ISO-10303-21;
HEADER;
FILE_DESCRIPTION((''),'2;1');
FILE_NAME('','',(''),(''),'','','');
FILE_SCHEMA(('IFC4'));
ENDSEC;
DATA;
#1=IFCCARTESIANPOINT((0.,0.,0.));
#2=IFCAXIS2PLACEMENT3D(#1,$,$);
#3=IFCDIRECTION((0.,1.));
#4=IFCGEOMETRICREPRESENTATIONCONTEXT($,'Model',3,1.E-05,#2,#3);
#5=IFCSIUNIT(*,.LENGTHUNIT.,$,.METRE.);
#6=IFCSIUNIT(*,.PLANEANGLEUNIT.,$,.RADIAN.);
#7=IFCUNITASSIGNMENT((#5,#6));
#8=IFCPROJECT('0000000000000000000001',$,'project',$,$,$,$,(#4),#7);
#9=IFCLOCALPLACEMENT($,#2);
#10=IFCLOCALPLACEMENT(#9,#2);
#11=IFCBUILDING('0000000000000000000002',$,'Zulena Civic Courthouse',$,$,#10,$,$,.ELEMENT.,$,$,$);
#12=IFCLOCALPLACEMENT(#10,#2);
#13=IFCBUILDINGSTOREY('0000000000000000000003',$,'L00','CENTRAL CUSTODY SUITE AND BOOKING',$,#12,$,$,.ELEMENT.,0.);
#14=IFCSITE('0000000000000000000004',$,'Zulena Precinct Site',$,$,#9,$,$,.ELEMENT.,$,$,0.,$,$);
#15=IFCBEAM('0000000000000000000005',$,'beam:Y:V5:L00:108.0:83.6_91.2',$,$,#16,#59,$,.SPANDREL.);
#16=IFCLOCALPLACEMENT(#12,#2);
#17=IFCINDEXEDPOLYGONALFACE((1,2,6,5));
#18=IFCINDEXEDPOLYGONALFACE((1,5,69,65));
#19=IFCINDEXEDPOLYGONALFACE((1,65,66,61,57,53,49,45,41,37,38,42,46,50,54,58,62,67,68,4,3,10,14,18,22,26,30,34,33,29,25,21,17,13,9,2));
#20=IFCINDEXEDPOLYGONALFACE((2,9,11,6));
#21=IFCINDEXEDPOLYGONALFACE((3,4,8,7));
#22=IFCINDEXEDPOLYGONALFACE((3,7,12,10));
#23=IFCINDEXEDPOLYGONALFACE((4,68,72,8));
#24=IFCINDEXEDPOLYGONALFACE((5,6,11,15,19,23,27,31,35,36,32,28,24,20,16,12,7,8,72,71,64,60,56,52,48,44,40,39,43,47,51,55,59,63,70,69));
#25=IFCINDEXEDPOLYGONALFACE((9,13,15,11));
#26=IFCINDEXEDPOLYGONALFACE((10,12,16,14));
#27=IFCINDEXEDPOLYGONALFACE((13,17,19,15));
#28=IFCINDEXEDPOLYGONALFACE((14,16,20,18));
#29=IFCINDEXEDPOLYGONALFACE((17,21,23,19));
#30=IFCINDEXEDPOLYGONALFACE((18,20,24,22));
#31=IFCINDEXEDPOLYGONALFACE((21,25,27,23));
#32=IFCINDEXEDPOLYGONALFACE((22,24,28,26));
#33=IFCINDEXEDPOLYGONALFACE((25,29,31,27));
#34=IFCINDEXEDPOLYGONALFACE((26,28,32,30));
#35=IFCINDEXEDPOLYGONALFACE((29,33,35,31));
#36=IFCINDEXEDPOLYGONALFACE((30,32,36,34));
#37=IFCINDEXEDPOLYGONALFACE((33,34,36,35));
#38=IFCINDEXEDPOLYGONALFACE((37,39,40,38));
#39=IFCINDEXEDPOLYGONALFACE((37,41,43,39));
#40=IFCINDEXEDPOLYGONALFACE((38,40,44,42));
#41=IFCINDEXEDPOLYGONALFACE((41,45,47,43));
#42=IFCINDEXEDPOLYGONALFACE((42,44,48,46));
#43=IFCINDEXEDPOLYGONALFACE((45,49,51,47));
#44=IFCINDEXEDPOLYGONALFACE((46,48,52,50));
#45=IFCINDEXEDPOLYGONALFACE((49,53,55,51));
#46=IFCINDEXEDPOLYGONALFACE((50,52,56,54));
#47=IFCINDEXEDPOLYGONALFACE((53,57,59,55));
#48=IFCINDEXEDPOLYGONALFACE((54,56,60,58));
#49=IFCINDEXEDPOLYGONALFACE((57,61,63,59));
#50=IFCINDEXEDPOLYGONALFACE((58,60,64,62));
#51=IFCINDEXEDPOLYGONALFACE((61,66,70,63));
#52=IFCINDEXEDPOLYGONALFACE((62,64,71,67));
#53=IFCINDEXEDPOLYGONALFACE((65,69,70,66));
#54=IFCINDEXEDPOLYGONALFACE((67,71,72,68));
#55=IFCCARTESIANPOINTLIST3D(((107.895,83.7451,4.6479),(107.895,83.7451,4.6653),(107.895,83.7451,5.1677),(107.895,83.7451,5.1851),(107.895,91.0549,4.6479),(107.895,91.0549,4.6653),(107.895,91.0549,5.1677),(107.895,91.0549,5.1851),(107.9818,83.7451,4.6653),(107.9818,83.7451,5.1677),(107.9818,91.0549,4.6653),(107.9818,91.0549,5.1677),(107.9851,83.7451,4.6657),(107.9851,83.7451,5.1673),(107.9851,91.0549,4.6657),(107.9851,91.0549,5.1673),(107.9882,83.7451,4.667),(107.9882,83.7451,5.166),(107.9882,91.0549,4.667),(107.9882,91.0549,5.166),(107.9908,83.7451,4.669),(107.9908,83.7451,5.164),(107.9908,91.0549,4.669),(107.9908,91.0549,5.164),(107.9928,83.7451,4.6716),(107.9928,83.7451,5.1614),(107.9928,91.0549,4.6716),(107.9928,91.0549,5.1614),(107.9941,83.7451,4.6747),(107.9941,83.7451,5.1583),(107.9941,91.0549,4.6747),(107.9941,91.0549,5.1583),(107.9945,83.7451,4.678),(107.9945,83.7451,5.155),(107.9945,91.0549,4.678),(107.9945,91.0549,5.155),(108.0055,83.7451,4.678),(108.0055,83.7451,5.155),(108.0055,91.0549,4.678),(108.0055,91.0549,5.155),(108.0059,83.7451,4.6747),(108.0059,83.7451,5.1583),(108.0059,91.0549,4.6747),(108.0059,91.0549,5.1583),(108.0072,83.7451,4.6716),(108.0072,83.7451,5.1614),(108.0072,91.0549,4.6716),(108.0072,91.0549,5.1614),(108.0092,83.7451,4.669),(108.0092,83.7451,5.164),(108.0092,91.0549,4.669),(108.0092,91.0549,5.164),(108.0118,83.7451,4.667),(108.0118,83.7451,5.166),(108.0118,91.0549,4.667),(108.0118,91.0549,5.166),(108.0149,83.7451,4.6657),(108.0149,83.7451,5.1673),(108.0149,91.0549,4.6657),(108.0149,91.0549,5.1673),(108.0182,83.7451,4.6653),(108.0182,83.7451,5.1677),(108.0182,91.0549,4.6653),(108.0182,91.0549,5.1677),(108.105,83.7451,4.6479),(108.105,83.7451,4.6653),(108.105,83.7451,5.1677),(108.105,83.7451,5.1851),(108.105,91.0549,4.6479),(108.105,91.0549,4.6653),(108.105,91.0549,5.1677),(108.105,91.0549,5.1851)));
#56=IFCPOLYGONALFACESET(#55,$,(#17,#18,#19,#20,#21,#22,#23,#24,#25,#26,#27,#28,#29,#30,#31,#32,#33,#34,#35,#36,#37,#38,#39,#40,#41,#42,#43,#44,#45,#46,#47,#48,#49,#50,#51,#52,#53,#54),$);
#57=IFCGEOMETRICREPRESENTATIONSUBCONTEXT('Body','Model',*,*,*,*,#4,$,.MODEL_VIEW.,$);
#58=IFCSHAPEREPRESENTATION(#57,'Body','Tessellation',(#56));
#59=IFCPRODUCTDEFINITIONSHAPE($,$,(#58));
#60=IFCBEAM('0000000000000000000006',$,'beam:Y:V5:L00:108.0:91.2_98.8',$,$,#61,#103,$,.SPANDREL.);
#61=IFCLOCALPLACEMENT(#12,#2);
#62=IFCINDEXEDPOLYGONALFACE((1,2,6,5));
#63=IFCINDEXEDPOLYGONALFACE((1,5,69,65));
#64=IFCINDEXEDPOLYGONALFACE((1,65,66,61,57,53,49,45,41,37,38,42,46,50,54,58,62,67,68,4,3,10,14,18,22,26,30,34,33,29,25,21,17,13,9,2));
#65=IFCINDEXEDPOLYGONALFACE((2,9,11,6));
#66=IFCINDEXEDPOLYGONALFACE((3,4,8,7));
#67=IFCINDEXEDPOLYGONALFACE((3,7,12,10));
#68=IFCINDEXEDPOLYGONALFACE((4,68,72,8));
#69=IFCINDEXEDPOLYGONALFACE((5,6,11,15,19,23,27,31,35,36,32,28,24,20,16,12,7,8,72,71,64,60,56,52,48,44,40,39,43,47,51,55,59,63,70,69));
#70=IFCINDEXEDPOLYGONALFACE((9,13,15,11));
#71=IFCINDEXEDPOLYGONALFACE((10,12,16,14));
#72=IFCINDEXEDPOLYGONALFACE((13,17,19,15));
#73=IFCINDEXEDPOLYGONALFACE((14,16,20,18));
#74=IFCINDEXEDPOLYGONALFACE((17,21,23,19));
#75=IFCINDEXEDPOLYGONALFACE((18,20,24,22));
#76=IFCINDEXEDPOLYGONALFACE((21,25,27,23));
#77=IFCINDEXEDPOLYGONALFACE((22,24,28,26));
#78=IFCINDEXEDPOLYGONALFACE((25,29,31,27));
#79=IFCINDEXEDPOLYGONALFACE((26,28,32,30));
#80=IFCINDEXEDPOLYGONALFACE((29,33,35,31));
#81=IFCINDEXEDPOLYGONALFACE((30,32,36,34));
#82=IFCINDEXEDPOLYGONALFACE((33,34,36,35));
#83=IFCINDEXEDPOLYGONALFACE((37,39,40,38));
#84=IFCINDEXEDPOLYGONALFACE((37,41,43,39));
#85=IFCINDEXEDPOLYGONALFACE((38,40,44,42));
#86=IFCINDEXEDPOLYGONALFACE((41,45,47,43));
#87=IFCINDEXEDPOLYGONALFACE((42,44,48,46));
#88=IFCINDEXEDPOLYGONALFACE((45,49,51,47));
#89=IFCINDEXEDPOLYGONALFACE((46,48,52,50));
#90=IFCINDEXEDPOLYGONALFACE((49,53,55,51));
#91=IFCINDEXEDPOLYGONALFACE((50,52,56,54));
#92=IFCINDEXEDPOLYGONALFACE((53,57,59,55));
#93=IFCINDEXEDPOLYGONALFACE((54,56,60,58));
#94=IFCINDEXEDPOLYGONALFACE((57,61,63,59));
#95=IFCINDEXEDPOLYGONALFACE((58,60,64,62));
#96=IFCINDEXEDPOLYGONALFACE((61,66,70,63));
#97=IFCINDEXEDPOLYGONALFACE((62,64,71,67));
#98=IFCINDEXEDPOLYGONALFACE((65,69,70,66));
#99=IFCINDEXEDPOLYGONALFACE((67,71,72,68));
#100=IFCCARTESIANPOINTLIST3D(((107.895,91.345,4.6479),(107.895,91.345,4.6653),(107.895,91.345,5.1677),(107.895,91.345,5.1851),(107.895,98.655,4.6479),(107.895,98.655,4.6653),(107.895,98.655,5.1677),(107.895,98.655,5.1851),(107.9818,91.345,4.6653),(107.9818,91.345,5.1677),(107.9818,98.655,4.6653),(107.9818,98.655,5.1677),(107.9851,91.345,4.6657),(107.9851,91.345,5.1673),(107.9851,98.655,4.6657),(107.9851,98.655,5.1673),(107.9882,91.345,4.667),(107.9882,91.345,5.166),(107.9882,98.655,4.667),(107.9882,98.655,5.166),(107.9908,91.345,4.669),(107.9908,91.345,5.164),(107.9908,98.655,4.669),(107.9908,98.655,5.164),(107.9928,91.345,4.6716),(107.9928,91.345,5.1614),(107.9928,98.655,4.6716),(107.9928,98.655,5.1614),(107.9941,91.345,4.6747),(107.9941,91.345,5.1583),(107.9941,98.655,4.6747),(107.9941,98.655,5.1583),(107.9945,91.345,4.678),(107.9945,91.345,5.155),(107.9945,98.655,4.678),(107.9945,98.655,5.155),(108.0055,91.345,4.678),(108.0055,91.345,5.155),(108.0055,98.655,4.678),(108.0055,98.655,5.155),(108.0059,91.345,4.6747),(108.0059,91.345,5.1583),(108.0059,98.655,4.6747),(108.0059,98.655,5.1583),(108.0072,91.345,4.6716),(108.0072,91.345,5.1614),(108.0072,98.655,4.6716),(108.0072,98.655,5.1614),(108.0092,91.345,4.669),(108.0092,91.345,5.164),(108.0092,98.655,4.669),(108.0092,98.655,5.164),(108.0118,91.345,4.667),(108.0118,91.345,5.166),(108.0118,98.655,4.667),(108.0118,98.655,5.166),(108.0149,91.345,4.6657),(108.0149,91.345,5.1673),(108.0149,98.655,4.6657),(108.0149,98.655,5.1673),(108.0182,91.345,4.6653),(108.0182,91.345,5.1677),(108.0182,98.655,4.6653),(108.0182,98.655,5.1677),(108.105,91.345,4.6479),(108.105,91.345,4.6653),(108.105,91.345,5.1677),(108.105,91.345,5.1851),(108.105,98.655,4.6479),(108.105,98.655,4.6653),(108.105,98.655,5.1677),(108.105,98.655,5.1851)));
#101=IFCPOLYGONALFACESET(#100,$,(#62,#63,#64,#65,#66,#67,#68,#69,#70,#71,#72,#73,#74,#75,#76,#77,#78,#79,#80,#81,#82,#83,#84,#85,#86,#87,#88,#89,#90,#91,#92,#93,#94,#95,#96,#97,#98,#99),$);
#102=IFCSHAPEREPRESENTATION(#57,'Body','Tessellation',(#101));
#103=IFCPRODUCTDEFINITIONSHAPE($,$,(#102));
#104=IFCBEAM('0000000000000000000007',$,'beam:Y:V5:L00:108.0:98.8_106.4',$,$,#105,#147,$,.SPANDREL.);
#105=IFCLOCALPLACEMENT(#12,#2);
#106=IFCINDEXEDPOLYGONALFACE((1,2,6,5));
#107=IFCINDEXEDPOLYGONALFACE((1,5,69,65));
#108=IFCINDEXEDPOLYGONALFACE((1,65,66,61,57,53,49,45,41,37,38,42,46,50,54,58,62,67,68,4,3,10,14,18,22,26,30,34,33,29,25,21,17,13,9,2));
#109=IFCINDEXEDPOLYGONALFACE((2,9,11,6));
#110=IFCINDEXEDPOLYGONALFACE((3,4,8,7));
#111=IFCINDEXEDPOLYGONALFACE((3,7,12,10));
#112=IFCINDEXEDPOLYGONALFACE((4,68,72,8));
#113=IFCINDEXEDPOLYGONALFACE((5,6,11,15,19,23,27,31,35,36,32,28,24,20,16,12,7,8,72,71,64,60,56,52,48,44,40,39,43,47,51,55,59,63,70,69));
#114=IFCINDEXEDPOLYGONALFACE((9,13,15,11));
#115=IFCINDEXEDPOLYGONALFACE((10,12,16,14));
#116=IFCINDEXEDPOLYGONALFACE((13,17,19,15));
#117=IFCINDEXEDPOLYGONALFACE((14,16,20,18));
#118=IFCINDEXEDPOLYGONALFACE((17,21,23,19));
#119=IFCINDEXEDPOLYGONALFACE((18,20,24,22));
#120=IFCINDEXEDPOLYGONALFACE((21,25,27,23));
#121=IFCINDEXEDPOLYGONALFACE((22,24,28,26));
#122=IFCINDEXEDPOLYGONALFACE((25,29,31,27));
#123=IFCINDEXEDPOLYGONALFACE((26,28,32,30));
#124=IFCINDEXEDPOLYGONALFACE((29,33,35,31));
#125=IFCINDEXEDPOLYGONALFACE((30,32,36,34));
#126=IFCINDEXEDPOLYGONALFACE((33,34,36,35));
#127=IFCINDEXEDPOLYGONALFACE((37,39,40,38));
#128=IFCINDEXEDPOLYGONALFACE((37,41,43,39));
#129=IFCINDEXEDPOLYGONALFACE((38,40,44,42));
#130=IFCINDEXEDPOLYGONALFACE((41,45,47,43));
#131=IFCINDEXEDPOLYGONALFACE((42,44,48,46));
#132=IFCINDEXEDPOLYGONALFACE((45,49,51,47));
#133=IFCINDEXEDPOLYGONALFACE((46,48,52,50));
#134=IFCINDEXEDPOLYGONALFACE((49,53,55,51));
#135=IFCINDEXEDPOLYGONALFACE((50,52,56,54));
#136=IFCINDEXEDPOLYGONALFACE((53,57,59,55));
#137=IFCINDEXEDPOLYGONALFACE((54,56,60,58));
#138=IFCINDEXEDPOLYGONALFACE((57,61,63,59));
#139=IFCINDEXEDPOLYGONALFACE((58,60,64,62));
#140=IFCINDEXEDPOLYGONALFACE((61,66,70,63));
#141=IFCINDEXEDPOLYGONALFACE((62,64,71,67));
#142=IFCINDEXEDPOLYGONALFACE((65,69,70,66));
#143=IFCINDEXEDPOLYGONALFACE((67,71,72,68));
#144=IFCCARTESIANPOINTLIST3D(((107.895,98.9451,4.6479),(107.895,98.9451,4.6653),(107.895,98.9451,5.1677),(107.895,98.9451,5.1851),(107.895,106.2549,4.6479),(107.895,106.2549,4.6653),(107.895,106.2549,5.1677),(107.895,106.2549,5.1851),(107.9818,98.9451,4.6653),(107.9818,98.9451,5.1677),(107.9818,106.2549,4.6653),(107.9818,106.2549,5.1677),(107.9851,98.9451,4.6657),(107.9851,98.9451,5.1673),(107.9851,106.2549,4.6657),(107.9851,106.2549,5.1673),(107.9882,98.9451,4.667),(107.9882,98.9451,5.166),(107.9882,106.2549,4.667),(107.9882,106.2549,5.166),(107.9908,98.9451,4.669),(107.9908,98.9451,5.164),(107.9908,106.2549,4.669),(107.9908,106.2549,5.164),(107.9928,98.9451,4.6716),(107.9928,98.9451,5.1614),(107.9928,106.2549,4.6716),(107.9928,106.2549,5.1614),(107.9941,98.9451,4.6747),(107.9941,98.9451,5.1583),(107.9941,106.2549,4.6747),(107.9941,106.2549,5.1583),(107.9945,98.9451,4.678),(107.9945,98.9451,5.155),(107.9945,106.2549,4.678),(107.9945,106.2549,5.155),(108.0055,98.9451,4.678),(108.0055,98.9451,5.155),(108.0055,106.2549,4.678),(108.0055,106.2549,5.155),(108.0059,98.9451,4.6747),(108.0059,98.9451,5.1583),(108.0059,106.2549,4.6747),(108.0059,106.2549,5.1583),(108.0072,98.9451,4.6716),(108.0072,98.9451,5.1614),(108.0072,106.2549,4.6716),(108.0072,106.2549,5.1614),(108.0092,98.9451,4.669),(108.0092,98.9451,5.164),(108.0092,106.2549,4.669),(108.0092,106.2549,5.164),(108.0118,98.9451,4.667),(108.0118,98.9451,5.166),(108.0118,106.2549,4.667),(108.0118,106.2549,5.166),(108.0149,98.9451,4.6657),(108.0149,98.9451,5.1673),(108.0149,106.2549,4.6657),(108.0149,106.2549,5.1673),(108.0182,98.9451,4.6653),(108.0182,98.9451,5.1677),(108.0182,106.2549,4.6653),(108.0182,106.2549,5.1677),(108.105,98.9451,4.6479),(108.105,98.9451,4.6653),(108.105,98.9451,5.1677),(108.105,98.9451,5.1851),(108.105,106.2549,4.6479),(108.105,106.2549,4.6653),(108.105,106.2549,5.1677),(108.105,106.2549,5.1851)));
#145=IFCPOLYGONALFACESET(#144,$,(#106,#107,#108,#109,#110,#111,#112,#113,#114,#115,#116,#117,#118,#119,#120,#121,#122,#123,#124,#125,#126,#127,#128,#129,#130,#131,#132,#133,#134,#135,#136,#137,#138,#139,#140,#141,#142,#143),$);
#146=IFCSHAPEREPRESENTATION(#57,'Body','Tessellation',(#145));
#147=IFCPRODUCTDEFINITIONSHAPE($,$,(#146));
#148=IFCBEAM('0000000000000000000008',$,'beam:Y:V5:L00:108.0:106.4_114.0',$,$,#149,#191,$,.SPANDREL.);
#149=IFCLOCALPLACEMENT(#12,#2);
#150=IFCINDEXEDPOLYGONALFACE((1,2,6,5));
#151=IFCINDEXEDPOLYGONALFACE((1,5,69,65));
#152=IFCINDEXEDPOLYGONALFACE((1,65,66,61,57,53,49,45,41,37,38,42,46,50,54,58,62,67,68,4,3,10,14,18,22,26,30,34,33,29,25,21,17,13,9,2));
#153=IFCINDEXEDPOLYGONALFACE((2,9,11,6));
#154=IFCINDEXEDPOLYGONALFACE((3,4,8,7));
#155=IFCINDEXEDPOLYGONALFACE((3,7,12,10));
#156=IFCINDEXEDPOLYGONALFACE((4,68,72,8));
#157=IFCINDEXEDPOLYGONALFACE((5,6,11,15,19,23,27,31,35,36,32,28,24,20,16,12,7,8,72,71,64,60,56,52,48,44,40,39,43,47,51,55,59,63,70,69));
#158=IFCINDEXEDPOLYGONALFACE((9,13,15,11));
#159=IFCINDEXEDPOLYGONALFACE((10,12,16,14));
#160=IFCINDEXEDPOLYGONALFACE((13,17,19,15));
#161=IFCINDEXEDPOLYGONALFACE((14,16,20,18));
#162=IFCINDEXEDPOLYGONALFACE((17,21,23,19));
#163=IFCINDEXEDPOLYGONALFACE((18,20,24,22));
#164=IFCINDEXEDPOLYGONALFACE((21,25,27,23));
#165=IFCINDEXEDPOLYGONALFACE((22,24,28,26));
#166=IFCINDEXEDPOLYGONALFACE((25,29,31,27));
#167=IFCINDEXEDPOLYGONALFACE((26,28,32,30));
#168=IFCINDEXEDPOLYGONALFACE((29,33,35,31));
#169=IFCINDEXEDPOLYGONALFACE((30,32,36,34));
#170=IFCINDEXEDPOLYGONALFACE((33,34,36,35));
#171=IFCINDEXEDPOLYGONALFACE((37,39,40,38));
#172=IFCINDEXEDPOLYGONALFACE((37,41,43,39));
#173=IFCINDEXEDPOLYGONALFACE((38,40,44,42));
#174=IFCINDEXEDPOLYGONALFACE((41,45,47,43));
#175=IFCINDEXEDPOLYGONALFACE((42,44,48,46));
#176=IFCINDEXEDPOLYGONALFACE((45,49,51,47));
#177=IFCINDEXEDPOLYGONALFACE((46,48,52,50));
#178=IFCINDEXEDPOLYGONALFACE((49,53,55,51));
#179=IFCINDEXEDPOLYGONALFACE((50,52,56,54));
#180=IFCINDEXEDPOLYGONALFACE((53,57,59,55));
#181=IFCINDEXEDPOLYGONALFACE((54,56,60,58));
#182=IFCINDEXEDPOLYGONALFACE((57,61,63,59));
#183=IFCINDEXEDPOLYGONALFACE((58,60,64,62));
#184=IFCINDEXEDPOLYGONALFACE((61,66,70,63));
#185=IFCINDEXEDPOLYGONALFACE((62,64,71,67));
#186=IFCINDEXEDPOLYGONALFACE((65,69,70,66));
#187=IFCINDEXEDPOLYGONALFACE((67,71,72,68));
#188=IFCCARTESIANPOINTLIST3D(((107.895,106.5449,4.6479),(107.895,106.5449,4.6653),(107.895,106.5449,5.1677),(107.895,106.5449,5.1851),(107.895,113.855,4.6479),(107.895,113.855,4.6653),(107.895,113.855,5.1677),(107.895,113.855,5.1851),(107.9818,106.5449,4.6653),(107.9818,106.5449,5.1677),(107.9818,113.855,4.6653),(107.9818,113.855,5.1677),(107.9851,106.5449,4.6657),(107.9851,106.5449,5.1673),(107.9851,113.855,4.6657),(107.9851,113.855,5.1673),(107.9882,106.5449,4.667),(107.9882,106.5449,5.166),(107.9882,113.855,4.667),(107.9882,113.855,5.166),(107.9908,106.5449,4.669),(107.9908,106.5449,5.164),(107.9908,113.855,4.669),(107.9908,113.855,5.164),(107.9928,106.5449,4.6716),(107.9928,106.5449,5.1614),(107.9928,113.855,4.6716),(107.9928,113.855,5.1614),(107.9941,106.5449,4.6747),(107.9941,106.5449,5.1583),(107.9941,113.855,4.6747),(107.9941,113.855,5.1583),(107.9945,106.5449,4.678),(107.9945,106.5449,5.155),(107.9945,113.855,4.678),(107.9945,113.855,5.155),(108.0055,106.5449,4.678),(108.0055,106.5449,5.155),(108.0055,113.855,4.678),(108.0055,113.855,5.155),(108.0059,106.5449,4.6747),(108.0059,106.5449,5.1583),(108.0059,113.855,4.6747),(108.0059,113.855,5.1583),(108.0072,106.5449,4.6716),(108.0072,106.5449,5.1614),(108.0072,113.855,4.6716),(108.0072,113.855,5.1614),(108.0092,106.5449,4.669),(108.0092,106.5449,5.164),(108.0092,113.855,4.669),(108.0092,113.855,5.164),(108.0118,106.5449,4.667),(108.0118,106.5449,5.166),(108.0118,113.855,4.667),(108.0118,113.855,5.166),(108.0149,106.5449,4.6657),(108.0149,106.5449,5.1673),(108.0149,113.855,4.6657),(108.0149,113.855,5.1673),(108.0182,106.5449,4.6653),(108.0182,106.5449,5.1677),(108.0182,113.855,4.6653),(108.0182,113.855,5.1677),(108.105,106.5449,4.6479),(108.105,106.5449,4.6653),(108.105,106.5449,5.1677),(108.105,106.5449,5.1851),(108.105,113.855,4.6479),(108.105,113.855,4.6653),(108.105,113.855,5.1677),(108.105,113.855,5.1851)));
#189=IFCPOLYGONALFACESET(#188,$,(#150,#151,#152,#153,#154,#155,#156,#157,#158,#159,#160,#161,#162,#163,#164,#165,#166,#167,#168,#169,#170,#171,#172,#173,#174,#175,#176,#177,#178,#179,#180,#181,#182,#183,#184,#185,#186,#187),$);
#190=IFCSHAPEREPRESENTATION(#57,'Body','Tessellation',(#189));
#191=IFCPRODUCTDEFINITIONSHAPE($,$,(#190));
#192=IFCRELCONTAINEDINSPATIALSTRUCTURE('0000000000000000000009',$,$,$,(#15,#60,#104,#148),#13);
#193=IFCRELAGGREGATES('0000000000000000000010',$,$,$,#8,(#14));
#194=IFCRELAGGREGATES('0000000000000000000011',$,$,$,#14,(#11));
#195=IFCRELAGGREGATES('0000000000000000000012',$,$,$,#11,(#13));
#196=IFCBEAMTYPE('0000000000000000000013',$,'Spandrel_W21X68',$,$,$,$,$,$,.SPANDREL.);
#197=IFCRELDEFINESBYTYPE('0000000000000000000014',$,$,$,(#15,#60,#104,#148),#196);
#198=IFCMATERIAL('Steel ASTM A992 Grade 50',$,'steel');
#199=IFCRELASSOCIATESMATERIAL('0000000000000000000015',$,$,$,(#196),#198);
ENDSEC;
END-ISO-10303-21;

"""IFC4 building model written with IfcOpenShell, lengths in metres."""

from ifc_helpers import new_model, si_unit, direction, frame, origin, origin_2d, place, context, subcontext, project, spatial, i_section, extrude, material, material_profile, profile_set, type_object, element, save


model = new_model("IFC4")

# Units and contexts
model_context = context("Model", 3, precision=1e-05, world=origin(), true_north=direction((0.0, 1.0)))
body_context = subcontext(model_context, "Body", "Model", "MODEL_VIEW")
ifc_project = project(units=[si_unit("LENGTHUNIT", "METRE"), si_unit("PLANEANGLEUNIT", "RADIAN")], contexts=[model_context])

# Site, building, storey
site_placement = place(None, origin())
site = spatial("IfcSite", under=ifc_project, at=site_placement, Name="Zulena Precinct Site", CompositionType="ELEMENT", RefElevation=0.0)
building_placement = place(site_placement, origin())
building = spatial("IfcBuilding", under=site, at=building_placement, Name="Zulena Civic Courthouse", CompositionType="ELEMENT")
storey_placement = place(building_placement, origin())
storey = spatial("IfcBuildingStorey", under=building, at=storey_placement, Name="L00", Description="CENTRAL CUSTODY SUITE AND BOOKING", CompositionType="ELEMENT", Elevation=0.0)

# Shared definitions
ifc_material_1 = material(Name="Steel ASTM A992 Grade 50", Category="steel")

# Beams
ifc_material_profile_1 = material_profile(ifc_material_1, i_section(OverallWidth=0.21, OverallDepth=0.5371, WebThickness=0.011, FlangeThickness=0.0173, FilletRadius=0.0127, at=origin_2d()), Name="W21X68")
ifc_profile_set_1 = profile_set([ifc_material_profile_1], Name="Steel ASTM A992 Grade 50")
beam_type_1 = type_object("IfcBeamType", Name="Spandrel_W21X68", PredefinedType="SPANDREL", material=ifc_profile_set_1)
beam_1_placement = place(storey_placement, frame((108.0, 83.7451, 4.9165), z_axis=(0.0, 1.0, 0.0), x_axis=(-1.0, 0.0, 0.0)))
element("IfcBeam", 1, at=beam_1_placement, inside=storey, type_object=beam_type_1, Name="beam:Y:V5:L00:108.0:83.6_91.2", PredefinedType="SPANDREL", context=body_context, shape_type="SweptSolid", body=[
    extrude(i_section(OverallWidth=0.21, OverallDepth=0.5371, WebThickness=0.011, FlangeThickness=0.0173, FilletRadius=0.0127, at=origin_2d()), origin(), (0.0, 0.0, 1.0), 7.3098),
])
beam_2_placement = place(storey_placement, frame((108.0, 91.345, 4.9165), z_axis=(0.0, 1.0, 0.0), x_axis=(-1.0, 0.0, 0.0)))
element("IfcBeam", 2, at=beam_2_placement, inside=storey, type_object=beam_type_1, Name="beam:Y:V5:L00:108.0:91.2_98.8", PredefinedType="SPANDREL", context=body_context, shape_type="SweptSolid", body=[
    extrude(i_section(OverallWidth=0.21, OverallDepth=0.5371, WebThickness=0.011, FlangeThickness=0.0173, FilletRadius=0.0127, at=origin_2d()), origin(), (0.0, 0.0, 1.0), 7.3101),
])
beam_3_placement = place(storey_placement, frame((108.0, 98.9451, 4.9165), z_axis=(0.0, 1.0, 0.0), x_axis=(-1.0, 0.0, 0.0)))
element("IfcBeam", 3, at=beam_3_placement, inside=storey, type_object=beam_type_1, Name="beam:Y:V5:L00:108.0:98.8_106.4", PredefinedType="SPANDREL", context=body_context, shape_type="SweptSolid", body=[
    extrude(i_section(OverallWidth=0.21, OverallDepth=0.5371, WebThickness=0.011, FlangeThickness=0.0173, FilletRadius=0.0127, at=origin_2d()), origin(), (0.0, 0.0, 1.0), 7.3098),
])
beam_4_placement = place(storey_placement, frame((108.0, 106.5449, 4.9165), z_axis=(0.0, 1.0, 0.0), x_axis=(-1.0, 0.0, 0.0)))
element("IfcBeam", 4, at=beam_4_placement, inside=storey, type_object=beam_type_1, Name="beam:Y:V5:L00:108.0:106.4_114.0", PredefinedType="SPANDREL", context=body_context, shape_type="SweptSolid", body=[
    extrude(i_section(OverallWidth=0.21, OverallDepth=0.5371, WebThickness=0.011, FlangeThickness=0.0173, FilletRadius=0.0127, at=origin_2d()), origin(), (0.0, 0.0, 1.0), 7.3101),
])

save(model, "model.ifc")
